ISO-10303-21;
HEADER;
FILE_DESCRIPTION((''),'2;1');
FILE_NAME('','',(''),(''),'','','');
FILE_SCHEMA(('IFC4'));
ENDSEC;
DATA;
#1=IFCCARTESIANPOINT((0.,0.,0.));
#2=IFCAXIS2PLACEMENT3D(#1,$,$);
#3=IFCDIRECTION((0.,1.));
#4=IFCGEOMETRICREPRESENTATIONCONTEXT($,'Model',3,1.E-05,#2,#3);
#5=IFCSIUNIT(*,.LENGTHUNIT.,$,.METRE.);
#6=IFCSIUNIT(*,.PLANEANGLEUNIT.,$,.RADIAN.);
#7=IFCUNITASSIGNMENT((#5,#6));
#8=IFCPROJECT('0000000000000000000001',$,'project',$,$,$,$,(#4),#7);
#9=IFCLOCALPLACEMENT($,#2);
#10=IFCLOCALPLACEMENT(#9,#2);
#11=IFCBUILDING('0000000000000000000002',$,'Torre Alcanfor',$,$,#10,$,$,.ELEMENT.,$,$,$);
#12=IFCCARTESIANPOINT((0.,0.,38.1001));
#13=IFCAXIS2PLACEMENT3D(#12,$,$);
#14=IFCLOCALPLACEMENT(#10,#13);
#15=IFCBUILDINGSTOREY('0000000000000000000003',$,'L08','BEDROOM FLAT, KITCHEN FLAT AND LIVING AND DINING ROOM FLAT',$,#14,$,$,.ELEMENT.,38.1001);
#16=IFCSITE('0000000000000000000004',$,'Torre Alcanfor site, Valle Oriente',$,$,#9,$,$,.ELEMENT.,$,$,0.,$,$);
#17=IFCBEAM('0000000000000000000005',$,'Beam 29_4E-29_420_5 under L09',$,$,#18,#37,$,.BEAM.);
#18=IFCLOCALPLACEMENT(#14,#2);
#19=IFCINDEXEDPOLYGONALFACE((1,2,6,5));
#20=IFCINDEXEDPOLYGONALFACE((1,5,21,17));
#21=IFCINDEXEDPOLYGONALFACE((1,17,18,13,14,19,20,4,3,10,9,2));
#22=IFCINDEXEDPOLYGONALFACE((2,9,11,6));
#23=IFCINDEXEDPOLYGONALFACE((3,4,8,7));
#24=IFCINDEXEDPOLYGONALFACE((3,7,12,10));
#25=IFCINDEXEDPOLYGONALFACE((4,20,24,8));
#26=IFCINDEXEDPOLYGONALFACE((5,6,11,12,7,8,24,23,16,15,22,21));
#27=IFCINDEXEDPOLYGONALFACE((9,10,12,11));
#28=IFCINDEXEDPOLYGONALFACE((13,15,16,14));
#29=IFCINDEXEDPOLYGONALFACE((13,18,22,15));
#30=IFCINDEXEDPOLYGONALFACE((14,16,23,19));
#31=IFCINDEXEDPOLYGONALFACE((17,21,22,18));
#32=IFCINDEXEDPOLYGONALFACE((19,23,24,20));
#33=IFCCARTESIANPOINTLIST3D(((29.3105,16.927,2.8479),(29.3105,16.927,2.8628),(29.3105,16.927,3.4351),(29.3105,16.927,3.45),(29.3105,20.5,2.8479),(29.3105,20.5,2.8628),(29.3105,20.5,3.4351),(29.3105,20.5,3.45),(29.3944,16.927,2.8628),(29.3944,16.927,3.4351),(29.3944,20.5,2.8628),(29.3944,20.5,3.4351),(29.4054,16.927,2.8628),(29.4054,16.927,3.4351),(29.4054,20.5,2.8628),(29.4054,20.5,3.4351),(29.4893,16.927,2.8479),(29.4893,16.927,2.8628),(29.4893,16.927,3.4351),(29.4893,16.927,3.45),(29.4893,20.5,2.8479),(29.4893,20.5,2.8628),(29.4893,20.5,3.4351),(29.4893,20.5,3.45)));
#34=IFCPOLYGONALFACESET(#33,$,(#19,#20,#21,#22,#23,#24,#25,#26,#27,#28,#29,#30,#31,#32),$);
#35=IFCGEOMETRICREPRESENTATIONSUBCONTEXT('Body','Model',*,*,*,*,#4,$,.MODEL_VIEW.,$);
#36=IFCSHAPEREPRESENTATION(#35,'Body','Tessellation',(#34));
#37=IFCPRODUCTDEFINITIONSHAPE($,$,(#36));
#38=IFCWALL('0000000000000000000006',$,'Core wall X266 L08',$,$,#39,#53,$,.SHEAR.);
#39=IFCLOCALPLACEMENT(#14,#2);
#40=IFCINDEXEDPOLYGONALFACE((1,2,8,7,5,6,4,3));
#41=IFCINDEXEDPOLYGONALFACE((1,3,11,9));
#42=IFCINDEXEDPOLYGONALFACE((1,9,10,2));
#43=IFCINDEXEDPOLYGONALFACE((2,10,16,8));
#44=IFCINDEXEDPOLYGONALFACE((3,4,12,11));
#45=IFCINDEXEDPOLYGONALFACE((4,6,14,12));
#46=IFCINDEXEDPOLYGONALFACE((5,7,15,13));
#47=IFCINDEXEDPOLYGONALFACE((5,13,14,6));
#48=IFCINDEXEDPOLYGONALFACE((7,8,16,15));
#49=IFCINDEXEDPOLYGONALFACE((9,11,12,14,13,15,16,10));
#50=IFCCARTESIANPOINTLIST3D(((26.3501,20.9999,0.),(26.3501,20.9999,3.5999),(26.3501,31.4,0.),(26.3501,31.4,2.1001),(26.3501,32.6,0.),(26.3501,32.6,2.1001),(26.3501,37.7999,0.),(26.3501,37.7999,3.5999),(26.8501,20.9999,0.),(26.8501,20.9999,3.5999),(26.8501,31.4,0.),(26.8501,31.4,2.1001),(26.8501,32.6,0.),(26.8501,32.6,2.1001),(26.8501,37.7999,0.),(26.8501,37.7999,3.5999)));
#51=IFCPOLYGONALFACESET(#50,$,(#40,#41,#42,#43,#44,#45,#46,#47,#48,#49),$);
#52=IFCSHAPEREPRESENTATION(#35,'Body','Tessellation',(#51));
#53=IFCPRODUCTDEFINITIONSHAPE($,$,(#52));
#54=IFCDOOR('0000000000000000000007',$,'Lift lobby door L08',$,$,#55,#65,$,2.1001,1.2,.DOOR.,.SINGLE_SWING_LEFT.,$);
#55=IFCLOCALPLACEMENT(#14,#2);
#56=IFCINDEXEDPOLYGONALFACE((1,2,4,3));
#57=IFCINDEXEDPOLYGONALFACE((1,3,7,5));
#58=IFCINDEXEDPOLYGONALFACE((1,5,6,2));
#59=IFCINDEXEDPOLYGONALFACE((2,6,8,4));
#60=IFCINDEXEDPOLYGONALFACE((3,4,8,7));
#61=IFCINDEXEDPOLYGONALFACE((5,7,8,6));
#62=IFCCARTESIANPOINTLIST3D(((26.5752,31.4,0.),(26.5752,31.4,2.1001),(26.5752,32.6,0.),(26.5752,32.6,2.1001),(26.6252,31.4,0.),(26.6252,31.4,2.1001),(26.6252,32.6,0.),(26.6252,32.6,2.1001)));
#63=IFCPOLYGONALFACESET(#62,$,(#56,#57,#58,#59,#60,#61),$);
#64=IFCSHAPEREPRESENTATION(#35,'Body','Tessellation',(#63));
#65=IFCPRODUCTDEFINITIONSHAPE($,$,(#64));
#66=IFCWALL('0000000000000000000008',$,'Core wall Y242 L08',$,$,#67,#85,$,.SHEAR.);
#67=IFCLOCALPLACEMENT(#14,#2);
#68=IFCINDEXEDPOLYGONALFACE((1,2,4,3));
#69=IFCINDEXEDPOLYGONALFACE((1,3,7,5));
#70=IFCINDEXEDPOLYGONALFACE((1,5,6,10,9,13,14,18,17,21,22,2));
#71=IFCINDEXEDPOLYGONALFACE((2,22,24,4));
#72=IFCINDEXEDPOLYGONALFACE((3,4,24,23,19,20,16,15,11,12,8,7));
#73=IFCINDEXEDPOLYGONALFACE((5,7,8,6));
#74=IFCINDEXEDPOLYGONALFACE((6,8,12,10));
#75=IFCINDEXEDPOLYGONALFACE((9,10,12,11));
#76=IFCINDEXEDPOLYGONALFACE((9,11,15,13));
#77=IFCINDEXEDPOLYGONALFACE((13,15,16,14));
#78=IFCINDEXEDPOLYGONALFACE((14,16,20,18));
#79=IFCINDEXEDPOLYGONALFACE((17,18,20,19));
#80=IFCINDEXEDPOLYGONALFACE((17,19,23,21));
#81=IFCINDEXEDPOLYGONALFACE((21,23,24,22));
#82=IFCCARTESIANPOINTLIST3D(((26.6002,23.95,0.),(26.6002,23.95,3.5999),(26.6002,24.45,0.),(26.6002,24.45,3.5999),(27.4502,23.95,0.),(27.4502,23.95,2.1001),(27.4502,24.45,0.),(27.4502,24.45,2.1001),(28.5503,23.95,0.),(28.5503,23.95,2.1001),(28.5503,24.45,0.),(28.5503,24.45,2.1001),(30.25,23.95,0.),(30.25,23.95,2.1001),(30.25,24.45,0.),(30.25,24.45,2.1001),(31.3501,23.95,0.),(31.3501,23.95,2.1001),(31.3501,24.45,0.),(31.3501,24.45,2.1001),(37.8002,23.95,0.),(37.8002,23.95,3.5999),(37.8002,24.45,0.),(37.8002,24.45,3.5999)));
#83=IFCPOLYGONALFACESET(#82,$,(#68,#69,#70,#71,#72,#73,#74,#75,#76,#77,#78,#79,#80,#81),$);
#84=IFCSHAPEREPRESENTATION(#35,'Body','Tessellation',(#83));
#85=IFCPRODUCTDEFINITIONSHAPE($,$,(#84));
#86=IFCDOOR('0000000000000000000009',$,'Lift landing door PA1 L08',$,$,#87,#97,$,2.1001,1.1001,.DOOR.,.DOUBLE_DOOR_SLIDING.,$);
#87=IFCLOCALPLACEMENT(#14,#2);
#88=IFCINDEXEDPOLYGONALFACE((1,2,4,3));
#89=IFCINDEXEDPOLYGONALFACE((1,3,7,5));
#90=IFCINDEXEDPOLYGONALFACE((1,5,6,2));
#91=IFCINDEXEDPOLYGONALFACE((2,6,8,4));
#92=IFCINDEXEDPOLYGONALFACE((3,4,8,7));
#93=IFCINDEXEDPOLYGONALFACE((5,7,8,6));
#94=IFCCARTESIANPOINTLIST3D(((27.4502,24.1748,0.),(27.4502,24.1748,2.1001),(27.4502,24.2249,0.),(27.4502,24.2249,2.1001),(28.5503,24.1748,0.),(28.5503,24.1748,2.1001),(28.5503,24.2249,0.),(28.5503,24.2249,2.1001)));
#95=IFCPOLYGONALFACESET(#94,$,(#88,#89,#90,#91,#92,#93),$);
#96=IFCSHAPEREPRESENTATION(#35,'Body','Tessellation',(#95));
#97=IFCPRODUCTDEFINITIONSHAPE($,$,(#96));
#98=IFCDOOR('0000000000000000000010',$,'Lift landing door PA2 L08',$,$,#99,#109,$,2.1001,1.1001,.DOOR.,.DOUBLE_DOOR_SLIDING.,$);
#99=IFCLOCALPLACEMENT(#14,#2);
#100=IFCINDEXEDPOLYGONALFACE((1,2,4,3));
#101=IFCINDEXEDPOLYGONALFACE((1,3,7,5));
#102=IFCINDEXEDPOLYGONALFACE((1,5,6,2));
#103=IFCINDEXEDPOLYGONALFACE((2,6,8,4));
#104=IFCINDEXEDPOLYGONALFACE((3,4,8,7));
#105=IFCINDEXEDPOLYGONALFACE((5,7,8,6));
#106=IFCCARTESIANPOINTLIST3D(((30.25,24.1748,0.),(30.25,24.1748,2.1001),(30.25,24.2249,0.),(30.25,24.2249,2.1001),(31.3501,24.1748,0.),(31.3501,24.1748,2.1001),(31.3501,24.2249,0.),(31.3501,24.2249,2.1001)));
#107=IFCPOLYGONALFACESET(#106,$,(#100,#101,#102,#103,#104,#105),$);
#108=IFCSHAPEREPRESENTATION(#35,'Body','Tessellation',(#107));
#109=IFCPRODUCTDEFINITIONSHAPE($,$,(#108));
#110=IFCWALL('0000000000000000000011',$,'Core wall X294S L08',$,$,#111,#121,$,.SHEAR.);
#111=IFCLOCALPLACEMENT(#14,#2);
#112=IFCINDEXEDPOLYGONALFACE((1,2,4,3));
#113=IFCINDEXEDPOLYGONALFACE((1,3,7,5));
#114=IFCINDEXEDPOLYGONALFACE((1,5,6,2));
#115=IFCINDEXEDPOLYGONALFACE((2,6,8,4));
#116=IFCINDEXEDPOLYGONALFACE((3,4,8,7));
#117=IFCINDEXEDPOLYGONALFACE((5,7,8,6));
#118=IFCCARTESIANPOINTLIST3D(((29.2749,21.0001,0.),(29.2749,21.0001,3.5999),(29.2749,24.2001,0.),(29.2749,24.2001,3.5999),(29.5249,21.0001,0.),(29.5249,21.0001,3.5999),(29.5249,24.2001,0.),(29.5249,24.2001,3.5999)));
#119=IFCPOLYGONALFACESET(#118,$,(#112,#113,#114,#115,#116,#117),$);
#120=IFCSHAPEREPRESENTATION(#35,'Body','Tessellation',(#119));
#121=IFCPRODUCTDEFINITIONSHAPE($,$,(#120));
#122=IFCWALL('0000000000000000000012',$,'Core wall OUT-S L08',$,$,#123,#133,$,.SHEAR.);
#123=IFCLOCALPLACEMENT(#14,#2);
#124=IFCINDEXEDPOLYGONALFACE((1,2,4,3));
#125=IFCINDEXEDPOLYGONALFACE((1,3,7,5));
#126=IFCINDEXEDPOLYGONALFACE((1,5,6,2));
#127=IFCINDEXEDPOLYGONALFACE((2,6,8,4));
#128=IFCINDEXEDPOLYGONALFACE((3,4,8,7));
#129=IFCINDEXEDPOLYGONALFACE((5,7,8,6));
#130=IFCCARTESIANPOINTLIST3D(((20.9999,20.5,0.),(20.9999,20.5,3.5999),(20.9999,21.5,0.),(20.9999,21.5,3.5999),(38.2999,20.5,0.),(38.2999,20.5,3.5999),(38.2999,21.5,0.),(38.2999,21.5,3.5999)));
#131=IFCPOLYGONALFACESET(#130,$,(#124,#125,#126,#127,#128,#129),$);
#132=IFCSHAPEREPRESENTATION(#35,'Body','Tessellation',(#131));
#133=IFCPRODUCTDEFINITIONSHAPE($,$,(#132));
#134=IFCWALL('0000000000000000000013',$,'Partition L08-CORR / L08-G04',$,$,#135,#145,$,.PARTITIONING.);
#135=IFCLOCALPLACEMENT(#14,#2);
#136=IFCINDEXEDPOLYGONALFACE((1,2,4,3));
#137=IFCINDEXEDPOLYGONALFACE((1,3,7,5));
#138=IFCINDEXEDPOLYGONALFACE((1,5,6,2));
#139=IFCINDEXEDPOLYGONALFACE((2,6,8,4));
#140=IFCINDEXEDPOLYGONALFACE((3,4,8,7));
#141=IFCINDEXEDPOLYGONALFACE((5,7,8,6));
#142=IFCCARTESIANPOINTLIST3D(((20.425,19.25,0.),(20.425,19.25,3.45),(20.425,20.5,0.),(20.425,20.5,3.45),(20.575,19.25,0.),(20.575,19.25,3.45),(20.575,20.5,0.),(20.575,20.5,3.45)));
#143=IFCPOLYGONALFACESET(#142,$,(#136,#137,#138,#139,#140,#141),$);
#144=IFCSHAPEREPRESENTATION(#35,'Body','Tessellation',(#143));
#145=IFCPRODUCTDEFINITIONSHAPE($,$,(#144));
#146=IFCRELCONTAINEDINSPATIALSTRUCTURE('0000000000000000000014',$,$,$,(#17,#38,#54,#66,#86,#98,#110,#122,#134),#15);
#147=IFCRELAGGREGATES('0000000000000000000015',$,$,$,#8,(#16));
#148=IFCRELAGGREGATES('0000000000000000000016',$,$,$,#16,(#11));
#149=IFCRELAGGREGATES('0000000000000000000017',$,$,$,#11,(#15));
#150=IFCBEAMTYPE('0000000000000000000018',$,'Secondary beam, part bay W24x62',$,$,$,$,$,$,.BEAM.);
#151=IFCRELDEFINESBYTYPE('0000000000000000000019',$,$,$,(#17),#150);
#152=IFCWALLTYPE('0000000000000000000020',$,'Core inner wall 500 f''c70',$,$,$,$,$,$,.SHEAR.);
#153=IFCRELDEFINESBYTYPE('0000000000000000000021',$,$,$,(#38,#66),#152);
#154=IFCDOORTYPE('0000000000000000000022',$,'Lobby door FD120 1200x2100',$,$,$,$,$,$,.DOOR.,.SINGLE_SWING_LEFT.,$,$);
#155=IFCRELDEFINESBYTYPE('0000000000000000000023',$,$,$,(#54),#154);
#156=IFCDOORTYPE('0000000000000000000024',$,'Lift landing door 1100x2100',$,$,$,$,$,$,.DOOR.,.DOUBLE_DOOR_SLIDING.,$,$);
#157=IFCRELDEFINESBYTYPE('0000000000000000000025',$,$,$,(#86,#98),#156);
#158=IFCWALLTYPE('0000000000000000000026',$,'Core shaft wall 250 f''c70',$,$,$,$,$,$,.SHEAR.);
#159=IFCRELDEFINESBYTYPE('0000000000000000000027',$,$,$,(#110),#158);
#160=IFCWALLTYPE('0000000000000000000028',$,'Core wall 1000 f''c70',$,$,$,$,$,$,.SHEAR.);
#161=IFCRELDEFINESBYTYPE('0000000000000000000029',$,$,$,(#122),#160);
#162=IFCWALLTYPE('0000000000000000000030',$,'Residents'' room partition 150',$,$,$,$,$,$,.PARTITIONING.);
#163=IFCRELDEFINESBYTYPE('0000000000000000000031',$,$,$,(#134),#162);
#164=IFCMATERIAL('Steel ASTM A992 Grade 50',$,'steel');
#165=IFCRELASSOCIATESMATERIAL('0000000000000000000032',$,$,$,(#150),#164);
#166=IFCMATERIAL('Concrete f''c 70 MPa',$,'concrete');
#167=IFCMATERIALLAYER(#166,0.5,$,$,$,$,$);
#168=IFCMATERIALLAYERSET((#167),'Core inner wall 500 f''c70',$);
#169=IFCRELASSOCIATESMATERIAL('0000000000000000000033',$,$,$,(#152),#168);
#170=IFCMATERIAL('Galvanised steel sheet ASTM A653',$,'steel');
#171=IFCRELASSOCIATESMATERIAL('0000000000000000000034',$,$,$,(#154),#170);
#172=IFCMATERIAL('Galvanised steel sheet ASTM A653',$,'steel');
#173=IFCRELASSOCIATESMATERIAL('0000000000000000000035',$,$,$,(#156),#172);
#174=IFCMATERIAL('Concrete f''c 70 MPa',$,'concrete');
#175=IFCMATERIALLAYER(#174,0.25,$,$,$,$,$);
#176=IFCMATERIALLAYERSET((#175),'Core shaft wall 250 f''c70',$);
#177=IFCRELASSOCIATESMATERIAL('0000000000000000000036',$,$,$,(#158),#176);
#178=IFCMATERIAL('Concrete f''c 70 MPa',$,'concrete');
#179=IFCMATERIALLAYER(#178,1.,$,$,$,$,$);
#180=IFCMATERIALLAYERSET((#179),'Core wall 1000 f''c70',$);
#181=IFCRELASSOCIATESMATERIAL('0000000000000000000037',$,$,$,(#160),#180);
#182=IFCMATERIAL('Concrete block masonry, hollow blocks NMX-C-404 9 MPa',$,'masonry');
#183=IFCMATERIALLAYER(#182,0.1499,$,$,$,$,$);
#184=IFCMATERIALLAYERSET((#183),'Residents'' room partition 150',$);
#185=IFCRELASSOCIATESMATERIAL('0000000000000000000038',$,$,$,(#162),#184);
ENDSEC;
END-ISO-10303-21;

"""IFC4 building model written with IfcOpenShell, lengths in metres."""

from ifc_helpers import new_model, si_unit, direction, frame, frame_2d, origin, origin_2d, place, context, subcontext, project, spatial, rectangle, i_section, extrude, material, layer, layer_set, material_profile, profile_set, type_object, element, fill, save


model = new_model("IFC4")

# Units and contexts
model_context = context("Model", 3, precision=1e-05, world=origin(), true_north=direction((0.0, 1.0)))
body_context = subcontext(model_context, "Body", "Model", "MODEL_VIEW")
ifc_project = project(units=[si_unit("LENGTHUNIT", "METRE"), si_unit("PLANEANGLEUNIT", "RADIAN")], contexts=[model_context])

# Site, building, storey
site_placement = place(None, origin())
site = spatial("IfcSite", under=ifc_project, at=site_placement, Name="Torre Alcanfor site, Valle Oriente", CompositionType="ELEMENT", RefElevation=0.0)
building_placement = place(site_placement, origin())
building = spatial("IfcBuilding", under=site, at=building_placement, Name="Torre Alcanfor", CompositionType="ELEMENT")
storey_placement = place(building_placement, frame((0.0, 0.0, 38.1001)))
storey = spatial("IfcBuildingStorey", under=building, at=storey_placement, Name="L08", Description="BEDROOM FLAT, KITCHEN FLAT AND LIVING AND DINING ROOM FLAT", CompositionType="ELEMENT", Elevation=38.1001)

# Beam
ifc_material_1 = material(Name="Steel ASTM A992 Grade 50", Category="steel")
ifc_material_profile_1 = material_profile(ifc_material_1, i_section(OverallWidth=0.1787, OverallDepth=0.6021, WebThickness=0.011, FlangeThickness=0.0149, at=origin_2d()), Name="W24x62")
ifc_profile_set_1 = profile_set([ifc_material_profile_1], Name="Steel ASTM A992 Grade 50")
beam_type_1 = type_object("IfcBeamType", Name="Secondary beam, part bay W24x62", PredefinedType="BEAM", material=ifc_profile_set_1)
for number, where, z_axis, x_axis, name in (
    (1, (29.3999, 16.927, 3.1489), (0.0, 1.0, 0.0), (-1.0, 0.0, 0.0), "Beam 29_4E-29_420_5 under L09"),
):
    element("IfcBeam", number, at=place(storey_placement, frame(where, z_axis=z_axis, x_axis=x_axis)), inside=storey, type_object=beam_type_1, Name=name, PredefinedType="BEAM", context=body_context, shape_type="SweptSolid", body=[
        extrude(i_section(OverallWidth=0.1787, OverallDepth=0.6021, WebThickness=0.011, FlangeThickness=0.0149, at=origin_2d()), origin(), (0.0, 0.0, 1.0), 3.573),
    ])

# Wall, opening, door
ifc_material_2 = material(Name="Concrete f'c 70 MPa", Category="concrete")
ifc_layer_1 = layer(ifc_material_2, 0.5)
ifc_layer_set_1 = layer_set([ifc_layer_1], Name="Core inner wall 500 f'c70")
wall_type_1 = type_object("IfcWallType", Name="Core inner wall 500 f'c70", PredefinedType="SHEAR", material=ifc_layer_set_1)
wall_1_placement = place(storey_placement, frame((26.6001, 21.0, 0.0), z_axis=(0.0, 0.0, 1.0), x_axis=(0.0, 1.0, 0.0)))
wall_1 = element("IfcWall", 2, at=wall_1_placement, inside=storey, type_object=wall_type_1, Name="Core wall X266 L08", PredefinedType="SHEAR", context=body_context, shape_type="SweptSolid", body=[
    extrude(rectangle(XDim=16.8, YDim=0.5, at=frame_2d((8.3999, 0.0))), origin(), (0.0, 0.0, 1.0), 3.5999),
])
opening_1_placement = place(wall_1_placement, frame((10.3999, 0.0, 0.0)))
opening_1 = element("IfcOpeningElement", 3, at=opening_1_placement, cuts=wall_1, PredefinedType="OPENING", context=body_context, shape_type="SweptSolid", body=[
    extrude(rectangle(XDim=1.2, YDim=2.1001, at=frame_2d((0.6001, 1.05))), frame((0.0, 0.26, 0.0), z_axis=(0.0, -1.0, 0.0), x_axis=(1.0, 0.0, 0.0)), (0.0, 0.0, 1.0), 0.52),
])
ifc_material_3 = material(Name="Galvanised steel sheet ASTM A653", Category="steel")
door_type_1 = type_object("IfcDoorType", Name="Lobby door FD120 1200x2100", OperationType="SINGLE_SWING_LEFT", PredefinedType="DOOR", material=ifc_material_3)
door_1_placement = place(opening_1_placement, origin())
door_1 = element("IfcDoor", 4, at=door_1_placement, inside=storey, type_object=door_type_1, Name="Lift lobby door L08", OperationType="SINGLE_SWING_LEFT", OverallHeight=2.1001, OverallWidth=1.2, PredefinedType="DOOR", context=body_context, shape_type="SweptSolid", body=[
    extrude(rectangle(XDim=1.2, YDim=2.1001, at=frame_2d((0.6001, 1.05))), frame((0.0, 0.0249, 0.0), z_axis=(0.0, -1.0, 0.0), x_axis=(1.0, 0.0, 0.0)), (0.0, 0.0, 1.0), 0.05),
])
fill(opening_1, door_1)

# Wall, openings, doors
wall_2_placement = place(storey_placement, frame((26.6001, 24.2, 0.0), z_axis=(0.0, 0.0, 1.0), x_axis=(1.0, 0.0, 0.0)))
wall_2 = element("IfcWall", 5, at=wall_2_placement, inside=storey, type_object=wall_type_1, Name="Core wall Y242 L08", PredefinedType="SHEAR", context=body_context, shape_type="SweptSolid", body=[
    extrude(rectangle(XDim=11.2, YDim=0.5, at=frame_2d((5.6001, 0.0))), origin(), (0.0, 0.0, 1.0), 3.5999),
])
opening_2_placement = place(wall_2_placement, frame((0.8501, 0.0, 0.0)))
opening_2 = element("IfcOpeningElement", 6, at=opening_2_placement, cuts=wall_2, PredefinedType="OPENING", context=body_context, shape_type="SweptSolid", body=[
    extrude(rectangle(XDim=1.1001, YDim=2.1001, at=frame_2d((0.55, 1.05))), frame((0.0, 0.26, 0.0), z_axis=(0.0, -1.0, 0.0), x_axis=(1.0, 0.0, 0.0)), (0.0, 0.0, 1.0), 0.52),
])
opening_3_placement = place(wall_2_placement, frame((3.6499, 0.0, 0.0)))
opening_3 = element("IfcOpeningElement", 7, at=opening_3_placement, cuts=wall_2, PredefinedType="OPENING", context=body_context, shape_type="SweptSolid", body=[
    extrude(rectangle(XDim=1.1001, YDim=2.1001, at=frame_2d((0.55, 1.05))), frame((0.0, 0.26, 0.0), z_axis=(0.0, -1.0, 0.0), x_axis=(1.0, 0.0, 0.0)), (0.0, 0.0, 1.0), 0.52),
])
ifc_material_4 = material(Name="Galvanised steel sheet ASTM A653", Category="steel")
door_type_2 = type_object("IfcDoorType", Name="Lift landing door 1100x2100", OperationType="DOUBLE_DOOR_SLIDING", PredefinedType="DOOR", material=ifc_material_4)
door_2_placement = place(opening_2_placement, origin())
door_2 = element("IfcDoor", 8, at=door_2_placement, inside=storey, type_object=door_type_2, Name="Lift landing door PA1 L08", OperationType="DOUBLE_DOOR_SLIDING", OverallHeight=2.1001, OverallWidth=1.1001, PredefinedType="DOOR", context=body_context, shape_type="SweptSolid", body=[
    extrude(rectangle(XDim=1.1001, YDim=2.1001, at=frame_2d((0.55, 1.05))), frame((0.0, 0.0249, 0.0), z_axis=(0.0, -1.0, 0.0), x_axis=(1.0, 0.0, 0.0)), (0.0, 0.0, 1.0), 0.05),
])
fill(opening_2, door_2)
door_3_placement = place(opening_3_placement, origin())
door_3 = element("IfcDoor", 9, at=door_3_placement, inside=storey, type_object=door_type_2, Name="Lift landing door PA2 L08", OperationType="DOUBLE_DOOR_SLIDING", OverallHeight=2.1001, OverallWidth=1.1001, PredefinedType="DOOR", context=body_context, shape_type="SweptSolid", body=[
    extrude(rectangle(XDim=1.1001, YDim=2.1001, at=frame_2d((0.55, 1.05))), frame((0.0, 0.0249, 0.0), z_axis=(0.0, -1.0, 0.0), x_axis=(1.0, 0.0, 0.0)), (0.0, 0.0, 1.0), 0.05),
])
fill(opening_3, door_3)

# Walls
ifc_material_5 = material(Name="Concrete f'c 70 MPa", Category="concrete")
ifc_layer_2 = layer(ifc_material_5, 0.25)
ifc_layer_set_2 = layer_set([ifc_layer_2], Name="Core shaft wall 250 f'c70")
wall_type_2 = type_object("IfcWallType", Name="Core shaft wall 250 f'c70", PredefinedType="SHEAR", material=ifc_layer_set_2)
wall_3_placement = place(storey_placement, frame((29.3999, 21.0, 0.0), z_axis=(0.0, 0.0, 1.0), x_axis=(0.0, 1.0, 0.0)))
element("IfcWall", 10, at=wall_3_placement, inside=storey, type_object=wall_type_2, Name="Core wall X294S L08", PredefinedType="SHEAR", context=body_context, shape_type="SweptSolid", body=[
    extrude(rectangle(XDim=3.2, YDim=0.25, at=frame_2d((1.6001, 0.0))), origin(), (0.0, 0.0, 1.0), 3.5999),
])
ifc_material_6 = material(Name="Concrete f'c 70 MPa", Category="concrete")
ifc_layer_3 = layer(ifc_material_6, 1.0)
ifc_layer_set_3 = layer_set([ifc_layer_3], Name="Core wall 1000 f'c70")
wall_type_3 = type_object("IfcWallType", Name="Core wall 1000 f'c70", PredefinedType="SHEAR", material=ifc_layer_set_3)
wall_4_placement = place(storey_placement, frame((21.0, 21.0, 0.0), z_axis=(0.0, 0.0, 1.0), x_axis=(1.0, 0.0, 0.0)))
element("IfcWall", 11, at=wall_4_placement, inside=storey, type_object=wall_type_3, Name="Core wall OUT-S L08", PredefinedType="SHEAR", context=body_context, shape_type="SweptSolid", body=[
    extrude(rectangle(XDim=17.3, YDim=1.0, at=frame_2d((8.6499, 0.0))), origin(), (0.0, 0.0, 1.0), 3.5999),
])
ifc_material_7 = material(Name="Concrete block masonry, hollow blocks NMX-C-404 9 MPa", Category="masonry")
ifc_layer_4 = layer(ifc_material_7, 0.1499)
ifc_layer_set_4 = layer_set([ifc_layer_4], Name="Residents' room partition 150")
wall_type_4 = type_object("IfcWallType", Name="Residents' room partition 150", PredefinedType="PARTITIONING", material=ifc_layer_set_4)
wall_5_placement = place(storey_placement, frame((20.5, 20.5, 0.0), z_axis=(0.0, 0.0, 1.0), x_axis=(0.0, -1.0, 0.0)))
element("IfcWall", 12, at=wall_5_placement, inside=storey, type_object=wall_type_4, Name="Partition L08-CORR / L08-G04", PredefinedType="PARTITIONING", context=body_context, shape_type="SweptSolid", body=[
    extrude(rectangle(XDim=1.25, YDim=0.1499, at=frame_2d((0.625, 0.0))), origin(), (0.0, 0.0, 1.0), 3.45),
])

save(model, "model.ifc")
